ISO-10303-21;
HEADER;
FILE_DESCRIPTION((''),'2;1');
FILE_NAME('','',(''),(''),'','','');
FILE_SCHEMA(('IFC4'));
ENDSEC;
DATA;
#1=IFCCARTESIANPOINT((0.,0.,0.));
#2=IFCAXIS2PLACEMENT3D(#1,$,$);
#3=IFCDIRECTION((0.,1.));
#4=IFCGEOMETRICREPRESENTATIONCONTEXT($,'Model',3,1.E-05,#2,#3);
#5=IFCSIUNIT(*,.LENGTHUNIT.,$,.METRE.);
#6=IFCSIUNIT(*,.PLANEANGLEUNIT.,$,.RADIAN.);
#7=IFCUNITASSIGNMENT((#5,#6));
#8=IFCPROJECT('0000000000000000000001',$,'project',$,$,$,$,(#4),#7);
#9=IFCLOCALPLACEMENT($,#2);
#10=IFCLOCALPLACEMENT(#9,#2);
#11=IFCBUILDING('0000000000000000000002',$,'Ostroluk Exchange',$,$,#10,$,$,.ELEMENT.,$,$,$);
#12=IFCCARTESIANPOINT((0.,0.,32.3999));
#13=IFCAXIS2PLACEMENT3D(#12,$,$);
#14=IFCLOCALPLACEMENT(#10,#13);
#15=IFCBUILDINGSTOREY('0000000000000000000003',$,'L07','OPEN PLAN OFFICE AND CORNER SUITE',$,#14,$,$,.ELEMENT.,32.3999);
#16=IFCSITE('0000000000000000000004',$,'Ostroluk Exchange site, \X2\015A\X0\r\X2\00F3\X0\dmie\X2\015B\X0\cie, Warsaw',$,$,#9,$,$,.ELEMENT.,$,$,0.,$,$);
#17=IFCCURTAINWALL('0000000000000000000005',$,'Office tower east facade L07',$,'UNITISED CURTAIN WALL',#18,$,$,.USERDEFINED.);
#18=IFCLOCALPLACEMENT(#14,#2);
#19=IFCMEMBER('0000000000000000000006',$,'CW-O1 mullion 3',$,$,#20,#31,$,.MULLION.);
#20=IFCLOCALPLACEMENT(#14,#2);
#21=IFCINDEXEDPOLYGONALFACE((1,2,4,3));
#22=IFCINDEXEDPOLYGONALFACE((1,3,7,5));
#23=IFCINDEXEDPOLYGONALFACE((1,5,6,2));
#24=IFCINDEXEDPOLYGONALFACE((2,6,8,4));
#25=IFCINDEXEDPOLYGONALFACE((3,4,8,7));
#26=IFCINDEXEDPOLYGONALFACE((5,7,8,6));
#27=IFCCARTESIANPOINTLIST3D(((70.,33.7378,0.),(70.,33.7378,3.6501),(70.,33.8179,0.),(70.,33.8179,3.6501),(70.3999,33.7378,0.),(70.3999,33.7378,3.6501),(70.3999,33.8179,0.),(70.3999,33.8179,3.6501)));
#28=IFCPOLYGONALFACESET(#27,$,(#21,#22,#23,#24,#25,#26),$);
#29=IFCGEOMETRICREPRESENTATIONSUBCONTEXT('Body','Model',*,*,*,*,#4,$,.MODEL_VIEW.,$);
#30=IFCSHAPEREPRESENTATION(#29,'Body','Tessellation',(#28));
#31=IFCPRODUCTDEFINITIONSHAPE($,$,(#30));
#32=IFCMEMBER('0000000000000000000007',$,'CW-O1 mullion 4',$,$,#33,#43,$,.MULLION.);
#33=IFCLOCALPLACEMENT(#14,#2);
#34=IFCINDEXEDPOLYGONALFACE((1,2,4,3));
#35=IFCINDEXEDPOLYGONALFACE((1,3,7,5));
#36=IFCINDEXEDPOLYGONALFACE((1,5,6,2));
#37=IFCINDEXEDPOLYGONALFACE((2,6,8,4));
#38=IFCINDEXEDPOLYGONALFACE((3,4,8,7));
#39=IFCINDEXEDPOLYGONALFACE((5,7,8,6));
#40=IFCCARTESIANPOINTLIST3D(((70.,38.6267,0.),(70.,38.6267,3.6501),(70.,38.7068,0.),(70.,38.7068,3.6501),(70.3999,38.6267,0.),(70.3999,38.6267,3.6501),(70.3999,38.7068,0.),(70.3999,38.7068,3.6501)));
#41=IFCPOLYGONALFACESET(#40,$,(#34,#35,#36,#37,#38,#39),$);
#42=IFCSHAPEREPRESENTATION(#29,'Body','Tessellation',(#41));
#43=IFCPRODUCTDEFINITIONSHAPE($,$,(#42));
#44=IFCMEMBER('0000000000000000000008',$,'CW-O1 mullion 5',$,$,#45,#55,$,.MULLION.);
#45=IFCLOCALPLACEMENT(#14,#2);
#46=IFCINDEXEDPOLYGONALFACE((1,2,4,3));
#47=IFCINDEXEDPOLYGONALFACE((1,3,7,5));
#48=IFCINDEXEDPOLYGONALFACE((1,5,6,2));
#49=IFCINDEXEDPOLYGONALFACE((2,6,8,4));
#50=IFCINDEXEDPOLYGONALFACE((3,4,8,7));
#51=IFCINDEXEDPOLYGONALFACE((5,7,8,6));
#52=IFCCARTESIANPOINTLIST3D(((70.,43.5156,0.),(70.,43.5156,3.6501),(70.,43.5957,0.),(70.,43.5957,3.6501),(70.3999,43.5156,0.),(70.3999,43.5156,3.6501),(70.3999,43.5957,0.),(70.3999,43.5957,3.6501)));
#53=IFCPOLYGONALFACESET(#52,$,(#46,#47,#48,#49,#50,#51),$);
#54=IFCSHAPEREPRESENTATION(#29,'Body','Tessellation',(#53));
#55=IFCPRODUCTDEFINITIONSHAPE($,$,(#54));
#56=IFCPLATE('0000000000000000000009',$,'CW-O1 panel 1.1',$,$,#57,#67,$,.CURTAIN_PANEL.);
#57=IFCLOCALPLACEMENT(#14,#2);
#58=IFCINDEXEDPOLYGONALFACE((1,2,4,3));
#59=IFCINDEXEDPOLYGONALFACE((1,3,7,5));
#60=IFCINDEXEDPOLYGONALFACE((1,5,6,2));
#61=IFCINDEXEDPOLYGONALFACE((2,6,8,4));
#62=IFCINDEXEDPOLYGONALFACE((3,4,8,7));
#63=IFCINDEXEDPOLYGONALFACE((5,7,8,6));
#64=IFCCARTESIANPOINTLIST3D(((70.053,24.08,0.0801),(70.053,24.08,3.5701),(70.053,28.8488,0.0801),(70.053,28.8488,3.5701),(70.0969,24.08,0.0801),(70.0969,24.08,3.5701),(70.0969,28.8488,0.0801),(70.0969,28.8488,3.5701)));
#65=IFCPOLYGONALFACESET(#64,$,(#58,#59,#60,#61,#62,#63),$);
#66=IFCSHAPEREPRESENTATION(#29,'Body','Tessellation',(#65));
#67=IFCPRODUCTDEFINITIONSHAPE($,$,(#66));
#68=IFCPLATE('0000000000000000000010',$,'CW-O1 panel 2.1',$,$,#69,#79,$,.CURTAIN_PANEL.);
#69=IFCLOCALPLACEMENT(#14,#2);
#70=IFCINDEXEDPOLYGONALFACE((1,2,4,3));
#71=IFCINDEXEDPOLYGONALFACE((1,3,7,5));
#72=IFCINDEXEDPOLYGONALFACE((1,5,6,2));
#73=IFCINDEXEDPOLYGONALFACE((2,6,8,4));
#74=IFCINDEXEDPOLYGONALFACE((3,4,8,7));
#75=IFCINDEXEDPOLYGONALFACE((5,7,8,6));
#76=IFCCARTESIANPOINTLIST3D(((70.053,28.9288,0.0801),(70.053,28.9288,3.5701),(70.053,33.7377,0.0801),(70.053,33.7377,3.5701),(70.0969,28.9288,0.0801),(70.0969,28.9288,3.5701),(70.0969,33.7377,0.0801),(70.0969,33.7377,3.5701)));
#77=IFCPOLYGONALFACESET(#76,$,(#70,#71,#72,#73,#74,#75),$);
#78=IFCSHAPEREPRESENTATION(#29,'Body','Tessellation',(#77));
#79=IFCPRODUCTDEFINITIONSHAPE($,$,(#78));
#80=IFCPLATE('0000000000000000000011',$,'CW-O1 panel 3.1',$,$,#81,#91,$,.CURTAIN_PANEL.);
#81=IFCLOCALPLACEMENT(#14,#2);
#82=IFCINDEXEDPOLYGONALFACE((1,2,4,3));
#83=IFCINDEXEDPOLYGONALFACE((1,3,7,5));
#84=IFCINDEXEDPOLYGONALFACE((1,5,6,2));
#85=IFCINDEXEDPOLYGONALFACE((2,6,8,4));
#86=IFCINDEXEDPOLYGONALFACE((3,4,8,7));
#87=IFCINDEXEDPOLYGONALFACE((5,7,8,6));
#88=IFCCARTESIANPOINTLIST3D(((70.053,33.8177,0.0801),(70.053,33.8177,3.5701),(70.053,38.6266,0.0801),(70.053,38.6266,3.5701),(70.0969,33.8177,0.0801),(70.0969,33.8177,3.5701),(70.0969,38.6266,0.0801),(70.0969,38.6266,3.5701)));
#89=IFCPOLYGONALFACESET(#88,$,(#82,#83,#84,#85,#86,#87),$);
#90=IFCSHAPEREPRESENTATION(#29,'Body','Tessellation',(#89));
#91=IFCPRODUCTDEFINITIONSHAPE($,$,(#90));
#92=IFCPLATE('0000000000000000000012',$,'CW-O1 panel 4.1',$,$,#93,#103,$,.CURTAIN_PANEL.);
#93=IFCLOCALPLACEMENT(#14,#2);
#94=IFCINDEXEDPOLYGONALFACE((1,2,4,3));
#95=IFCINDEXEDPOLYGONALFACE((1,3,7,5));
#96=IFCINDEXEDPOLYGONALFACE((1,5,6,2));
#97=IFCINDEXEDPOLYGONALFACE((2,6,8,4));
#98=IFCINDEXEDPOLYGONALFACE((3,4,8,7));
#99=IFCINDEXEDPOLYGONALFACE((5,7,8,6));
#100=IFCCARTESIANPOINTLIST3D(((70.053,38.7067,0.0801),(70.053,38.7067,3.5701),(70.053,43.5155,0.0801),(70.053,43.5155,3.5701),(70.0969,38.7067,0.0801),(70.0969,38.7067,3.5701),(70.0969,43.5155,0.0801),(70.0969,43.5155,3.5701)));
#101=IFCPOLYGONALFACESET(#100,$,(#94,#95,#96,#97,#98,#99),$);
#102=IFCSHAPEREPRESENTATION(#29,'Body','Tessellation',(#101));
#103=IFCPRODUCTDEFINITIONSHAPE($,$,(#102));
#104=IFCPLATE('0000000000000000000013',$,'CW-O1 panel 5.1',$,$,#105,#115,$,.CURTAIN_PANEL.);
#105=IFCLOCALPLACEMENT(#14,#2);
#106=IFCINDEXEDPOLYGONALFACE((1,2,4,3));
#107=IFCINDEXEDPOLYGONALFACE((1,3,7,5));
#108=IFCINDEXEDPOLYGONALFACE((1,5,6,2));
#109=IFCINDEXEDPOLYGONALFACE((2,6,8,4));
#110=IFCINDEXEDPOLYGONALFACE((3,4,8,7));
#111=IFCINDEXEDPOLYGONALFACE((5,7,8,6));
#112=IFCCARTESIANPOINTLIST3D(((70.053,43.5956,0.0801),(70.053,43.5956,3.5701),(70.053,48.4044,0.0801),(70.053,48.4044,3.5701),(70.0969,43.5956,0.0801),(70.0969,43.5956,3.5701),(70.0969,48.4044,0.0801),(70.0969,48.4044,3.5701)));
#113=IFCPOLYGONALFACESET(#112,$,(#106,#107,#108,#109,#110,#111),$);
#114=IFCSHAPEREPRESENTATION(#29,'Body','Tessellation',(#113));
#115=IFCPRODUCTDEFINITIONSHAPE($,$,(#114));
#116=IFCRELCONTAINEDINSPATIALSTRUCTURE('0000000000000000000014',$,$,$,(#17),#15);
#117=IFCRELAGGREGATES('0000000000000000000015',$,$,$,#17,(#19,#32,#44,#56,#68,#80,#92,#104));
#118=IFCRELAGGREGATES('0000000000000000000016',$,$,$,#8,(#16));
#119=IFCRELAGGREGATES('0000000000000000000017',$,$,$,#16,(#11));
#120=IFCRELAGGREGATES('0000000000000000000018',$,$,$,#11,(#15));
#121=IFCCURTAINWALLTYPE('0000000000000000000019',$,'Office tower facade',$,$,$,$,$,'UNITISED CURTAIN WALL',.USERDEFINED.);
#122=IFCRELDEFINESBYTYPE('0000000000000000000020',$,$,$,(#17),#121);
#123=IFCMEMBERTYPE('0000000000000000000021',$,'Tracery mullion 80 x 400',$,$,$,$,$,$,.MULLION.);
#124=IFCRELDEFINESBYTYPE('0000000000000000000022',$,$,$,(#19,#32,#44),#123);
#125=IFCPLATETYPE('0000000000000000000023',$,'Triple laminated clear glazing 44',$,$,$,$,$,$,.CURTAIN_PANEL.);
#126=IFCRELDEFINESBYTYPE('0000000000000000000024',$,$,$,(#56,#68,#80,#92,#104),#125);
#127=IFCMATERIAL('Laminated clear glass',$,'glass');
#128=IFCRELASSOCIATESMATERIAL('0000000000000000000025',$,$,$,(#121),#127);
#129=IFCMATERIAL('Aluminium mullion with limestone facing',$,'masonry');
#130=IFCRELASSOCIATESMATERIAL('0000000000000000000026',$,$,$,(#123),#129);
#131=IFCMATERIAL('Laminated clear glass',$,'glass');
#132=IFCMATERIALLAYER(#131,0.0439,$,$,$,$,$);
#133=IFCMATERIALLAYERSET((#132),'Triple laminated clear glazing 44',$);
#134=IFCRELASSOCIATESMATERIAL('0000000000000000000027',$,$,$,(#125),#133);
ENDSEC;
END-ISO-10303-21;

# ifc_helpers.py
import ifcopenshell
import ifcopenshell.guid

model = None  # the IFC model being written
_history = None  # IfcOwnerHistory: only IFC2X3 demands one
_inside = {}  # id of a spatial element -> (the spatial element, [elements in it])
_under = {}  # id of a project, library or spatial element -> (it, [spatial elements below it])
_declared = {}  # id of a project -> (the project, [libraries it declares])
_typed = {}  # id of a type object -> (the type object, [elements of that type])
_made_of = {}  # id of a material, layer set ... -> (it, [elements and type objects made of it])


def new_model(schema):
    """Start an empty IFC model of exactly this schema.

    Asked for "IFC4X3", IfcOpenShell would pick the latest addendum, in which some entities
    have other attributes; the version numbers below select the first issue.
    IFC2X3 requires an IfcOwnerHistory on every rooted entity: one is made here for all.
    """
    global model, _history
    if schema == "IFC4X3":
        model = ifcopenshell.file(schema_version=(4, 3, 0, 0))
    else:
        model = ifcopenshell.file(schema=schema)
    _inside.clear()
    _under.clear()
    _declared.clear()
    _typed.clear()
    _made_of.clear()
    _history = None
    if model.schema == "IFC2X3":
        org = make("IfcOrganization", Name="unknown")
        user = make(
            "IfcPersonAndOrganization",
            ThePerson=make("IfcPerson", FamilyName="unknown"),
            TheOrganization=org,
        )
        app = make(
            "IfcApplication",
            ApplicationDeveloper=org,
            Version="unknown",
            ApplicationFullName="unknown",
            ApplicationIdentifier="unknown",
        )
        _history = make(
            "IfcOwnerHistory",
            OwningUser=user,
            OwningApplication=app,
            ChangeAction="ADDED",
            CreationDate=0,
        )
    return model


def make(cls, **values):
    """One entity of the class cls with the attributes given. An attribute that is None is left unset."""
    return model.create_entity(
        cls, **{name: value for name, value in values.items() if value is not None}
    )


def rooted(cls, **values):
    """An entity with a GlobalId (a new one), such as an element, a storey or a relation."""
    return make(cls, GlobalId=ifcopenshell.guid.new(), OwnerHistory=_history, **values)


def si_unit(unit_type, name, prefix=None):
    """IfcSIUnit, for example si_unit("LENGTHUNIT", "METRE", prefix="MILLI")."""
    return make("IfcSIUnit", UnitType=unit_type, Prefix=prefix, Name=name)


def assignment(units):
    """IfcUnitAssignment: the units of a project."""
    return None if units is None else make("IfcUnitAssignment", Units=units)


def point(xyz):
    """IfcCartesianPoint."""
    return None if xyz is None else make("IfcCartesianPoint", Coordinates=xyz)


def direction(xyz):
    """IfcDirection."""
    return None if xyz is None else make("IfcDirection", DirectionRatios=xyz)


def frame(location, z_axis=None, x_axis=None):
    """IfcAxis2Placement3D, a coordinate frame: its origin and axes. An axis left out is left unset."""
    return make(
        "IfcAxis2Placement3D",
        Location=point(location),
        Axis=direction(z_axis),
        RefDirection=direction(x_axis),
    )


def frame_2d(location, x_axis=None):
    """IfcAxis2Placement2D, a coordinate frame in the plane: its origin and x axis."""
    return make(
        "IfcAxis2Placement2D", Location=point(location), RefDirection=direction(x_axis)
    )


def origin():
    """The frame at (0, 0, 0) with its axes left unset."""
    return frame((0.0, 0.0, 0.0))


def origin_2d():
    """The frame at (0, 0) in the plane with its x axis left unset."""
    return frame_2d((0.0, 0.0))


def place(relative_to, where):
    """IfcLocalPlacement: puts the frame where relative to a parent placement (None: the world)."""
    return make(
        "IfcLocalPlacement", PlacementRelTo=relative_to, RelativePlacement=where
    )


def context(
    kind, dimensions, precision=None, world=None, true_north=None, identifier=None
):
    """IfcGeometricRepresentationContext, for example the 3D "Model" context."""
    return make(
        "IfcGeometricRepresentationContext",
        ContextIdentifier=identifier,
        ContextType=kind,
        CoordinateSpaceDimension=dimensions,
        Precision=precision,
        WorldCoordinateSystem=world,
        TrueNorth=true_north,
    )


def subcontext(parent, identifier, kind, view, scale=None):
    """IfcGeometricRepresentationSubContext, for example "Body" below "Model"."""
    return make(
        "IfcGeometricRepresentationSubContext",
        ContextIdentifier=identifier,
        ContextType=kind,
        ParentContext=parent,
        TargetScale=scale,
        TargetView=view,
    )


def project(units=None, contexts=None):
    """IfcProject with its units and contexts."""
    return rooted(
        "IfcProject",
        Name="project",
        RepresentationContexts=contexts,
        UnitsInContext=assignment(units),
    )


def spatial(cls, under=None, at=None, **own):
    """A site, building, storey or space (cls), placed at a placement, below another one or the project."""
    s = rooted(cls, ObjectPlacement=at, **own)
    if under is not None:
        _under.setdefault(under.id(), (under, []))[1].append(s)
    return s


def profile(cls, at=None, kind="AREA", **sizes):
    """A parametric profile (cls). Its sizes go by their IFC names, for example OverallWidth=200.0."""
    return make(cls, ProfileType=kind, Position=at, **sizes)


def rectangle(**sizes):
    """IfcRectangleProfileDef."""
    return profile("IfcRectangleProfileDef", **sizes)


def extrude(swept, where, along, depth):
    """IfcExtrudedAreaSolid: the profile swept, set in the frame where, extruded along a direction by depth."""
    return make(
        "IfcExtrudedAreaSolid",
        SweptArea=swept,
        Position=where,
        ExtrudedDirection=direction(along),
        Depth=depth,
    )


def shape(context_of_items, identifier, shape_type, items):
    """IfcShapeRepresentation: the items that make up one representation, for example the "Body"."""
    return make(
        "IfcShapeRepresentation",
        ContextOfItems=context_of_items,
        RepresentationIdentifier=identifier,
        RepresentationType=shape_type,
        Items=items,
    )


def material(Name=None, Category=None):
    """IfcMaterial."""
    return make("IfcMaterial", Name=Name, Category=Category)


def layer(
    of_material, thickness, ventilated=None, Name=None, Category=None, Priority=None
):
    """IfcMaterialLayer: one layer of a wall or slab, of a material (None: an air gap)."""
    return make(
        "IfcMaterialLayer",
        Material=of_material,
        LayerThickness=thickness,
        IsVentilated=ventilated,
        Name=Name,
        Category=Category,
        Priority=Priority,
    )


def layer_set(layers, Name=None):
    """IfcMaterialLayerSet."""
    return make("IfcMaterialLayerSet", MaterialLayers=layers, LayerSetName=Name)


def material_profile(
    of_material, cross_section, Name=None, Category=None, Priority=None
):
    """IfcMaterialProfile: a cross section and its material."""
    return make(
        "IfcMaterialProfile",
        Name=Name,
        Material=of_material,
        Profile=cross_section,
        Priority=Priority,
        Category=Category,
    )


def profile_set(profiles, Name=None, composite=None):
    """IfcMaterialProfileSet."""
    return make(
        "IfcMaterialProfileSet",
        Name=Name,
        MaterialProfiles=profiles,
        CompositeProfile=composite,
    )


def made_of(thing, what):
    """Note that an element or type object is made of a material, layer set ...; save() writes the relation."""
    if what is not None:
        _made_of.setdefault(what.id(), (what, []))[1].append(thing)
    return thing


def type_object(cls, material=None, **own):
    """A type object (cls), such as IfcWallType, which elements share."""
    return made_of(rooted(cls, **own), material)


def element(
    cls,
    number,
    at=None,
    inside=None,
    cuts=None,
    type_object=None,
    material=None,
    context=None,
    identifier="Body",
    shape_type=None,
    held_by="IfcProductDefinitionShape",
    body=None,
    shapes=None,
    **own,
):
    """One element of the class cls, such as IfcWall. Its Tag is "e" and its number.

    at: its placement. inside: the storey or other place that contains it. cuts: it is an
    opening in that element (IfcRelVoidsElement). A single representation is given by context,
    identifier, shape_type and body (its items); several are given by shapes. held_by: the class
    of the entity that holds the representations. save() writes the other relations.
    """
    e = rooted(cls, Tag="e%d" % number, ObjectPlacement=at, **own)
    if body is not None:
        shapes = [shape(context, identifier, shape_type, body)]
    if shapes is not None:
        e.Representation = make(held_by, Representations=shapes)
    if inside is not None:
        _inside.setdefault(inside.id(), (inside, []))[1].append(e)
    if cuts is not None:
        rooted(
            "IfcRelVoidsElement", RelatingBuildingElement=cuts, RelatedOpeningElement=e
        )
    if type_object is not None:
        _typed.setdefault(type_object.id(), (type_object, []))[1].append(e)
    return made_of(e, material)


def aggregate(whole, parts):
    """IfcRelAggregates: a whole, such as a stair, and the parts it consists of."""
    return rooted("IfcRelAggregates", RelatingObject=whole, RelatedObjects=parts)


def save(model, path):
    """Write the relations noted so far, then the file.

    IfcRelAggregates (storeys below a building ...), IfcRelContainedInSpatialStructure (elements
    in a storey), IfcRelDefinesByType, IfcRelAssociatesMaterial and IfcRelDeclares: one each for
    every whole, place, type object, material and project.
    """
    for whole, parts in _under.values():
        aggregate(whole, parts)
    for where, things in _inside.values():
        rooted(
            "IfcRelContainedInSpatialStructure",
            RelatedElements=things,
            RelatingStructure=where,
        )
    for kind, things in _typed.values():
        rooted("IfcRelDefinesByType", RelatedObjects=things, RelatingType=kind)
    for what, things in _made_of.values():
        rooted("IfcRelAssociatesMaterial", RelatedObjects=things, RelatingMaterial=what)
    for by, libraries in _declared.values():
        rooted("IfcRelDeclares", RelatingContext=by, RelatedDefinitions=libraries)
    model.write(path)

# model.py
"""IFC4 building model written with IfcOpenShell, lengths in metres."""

from ifc_helpers import new_model, si_unit, direction, frame, origin, origin_2d, place, context, subcontext, project, spatial, rectangle, extrude, material, layer, layer_set, material_profile, profile_set, type_object, element, aggregate, save


model = new_model("IFC4")

# Units and contexts
model_context = context("Model", 3, precision=1e-05, world=origin(), true_north=direction((0.0, 1.0)))
body_context = subcontext(model_context, "Body", "Model", "MODEL_VIEW")
ifc_project = project(units=[si_unit("LENGTHUNIT", "METRE"), si_unit("PLANEANGLEUNIT", "RADIAN")], contexts=[model_context])

# Site, building, storey
site_placement = place(None, origin())
site = spatial("IfcSite", under=ifc_project, at=site_placement, Name="Ostroluk Exchange site, Śródmieście, Warsaw", CompositionType="ELEMENT", RefElevation=0.0)
building_placement = place(site_placement, origin())
building = spatial("IfcBuilding", under=site, at=building_placement, Name="Ostroluk Exchange", CompositionType="ELEMENT")
storey_placement = place(building_placement, frame((0.0, 0.0, 32.3999)))
storey = spatial("IfcBuildingStorey", under=building, at=storey_placement, Name="L07", Description="OPEN PLAN OFFICE AND CORNER SUITE", CompositionType="ELEMENT", Elevation=32.3999)

# Curtain wall
ifc_material_1 = material(Name="Laminated clear glass", Category="glass")
curtain_wall_type_1 = type_object("IfcCurtainWallType", Name="Office tower facade", ElementType="UNITISED CURTAIN WALL", PredefinedType="USERDEFINED", material=ifc_material_1)
curtain_wall_1_placement = place(storey_placement, origin())
curtain_wall_1 = element("IfcCurtainWall", 1, at=curtain_wall_1_placement, inside=storey, type_object=curtain_wall_type_1, Name="Office tower east facade L07", ObjectType="UNITISED CURTAIN WALL", PredefinedType="USERDEFINED")

# Members
ifc_material_2 = material(Name="Aluminium mullion with limestone facing", Category="masonry")
ifc_material_profile_1 = material_profile(ifc_material_2, rectangle(XDim=0.3999, YDim=0.0801, at=origin_2d()), Name="Tracery mullion 80 x 400")
ifc_profile_set_1 = profile_set([ifc_material_profile_1], Name="Aluminium mullion with limestone facing")
member_type_1 = type_object("IfcMemberType", Name="Tracery mullion 80 x 400", PredefinedType="MULLION", material=ifc_profile_set_1)
member_1_placement = place(storey_placement, frame((70.2, 33.7778, 0.0), z_axis=(0.0, 0.0, 1.0), x_axis=(-1.0, 0.0, 0.0)))
member_1 = element("IfcMember", 2, at=member_1_placement, type_object=member_type_1, Name="CW-O1 mullion 3", PredefinedType="MULLION", context=body_context, shape_type="SweptSolid", body=[
    extrude(rectangle(XDim=0.3999, YDim=0.0801, at=origin_2d()), origin(), (0.0, 0.0, 1.0), 3.6501),
])
member_2_placement = place(storey_placement, frame((70.2, 38.6667, 0.0), z_axis=(0.0, 0.0, 1.0), x_axis=(-1.0, 0.0, 0.0)))
member_2 = element("IfcMember", 3, at=member_2_placement, type_object=member_type_1, Name="CW-O1 mullion 4", PredefinedType="MULLION", context=body_context, shape_type="SweptSolid", body=[
    extrude(rectangle(XDim=0.3999, YDim=0.0801, at=origin_2d()), origin(), (0.0, 0.0, 1.0), 3.6501),
])
member_3_placement = place(storey_placement, frame((70.2, 43.5557, 0.0), z_axis=(0.0, 0.0, 1.0), x_axis=(-1.0, 0.0, 0.0)))
member_3 = element("IfcMember", 4, at=member_3_placement, type_object=member_type_1, Name="CW-O1 mullion 5", PredefinedType="MULLION", context=body_context, shape_type="SweptSolid", body=[
    extrude(rectangle(XDim=0.3999, YDim=0.0801, at=origin_2d()), origin(), (0.0, 0.0, 1.0), 3.6501),
])

# Plates
ifc_material_3 = material(Name="Laminated clear glass", Category="glass")
ifc_layer = layer(ifc_material_3, 0.0439)
ifc_layer_set = layer_set([ifc_layer], Name="Triple laminated clear glazing 44")
plate_type = type_object("IfcPlateType", Name="Triple laminated clear glazing 44", PredefinedType="CURTAIN_PANEL", material=ifc_layer_set)
plate_1_placement = place(storey_placement, frame((70.075, 26.4644, 0.0801), z_axis=(0.0, 0.0, 1.0), x_axis=(0.0, 1.0, 0.0)))
plate_1 = element("IfcPlate", 5, at=plate_1_placement, type_object=plate_type, Name="CW-O1 panel 1.1", PredefinedType="CURTAIN_PANEL", context=body_context, shape_type="SweptSolid", body=[
    extrude(rectangle(XDim=4.7688, YDim=0.0439, at=origin_2d()), origin(), (0.0, 0.0, 1.0), 3.49),
])
plate_2_placement = place(storey_placement, frame((70.075, 31.3333, 0.0801), z_axis=(0.0, 0.0, 1.0), x_axis=(0.0, 1.0, 0.0)))
plate_2 = element("IfcPlate", 6, at=plate_2_placement, type_object=plate_type, Name="CW-O1 panel 2.1", PredefinedType="CURTAIN_PANEL", context=body_context, shape_type="SweptSolid", body=[
    extrude(rectangle(XDim=4.8088, YDim=0.0439, at=origin_2d()), origin(), (0.0, 0.0, 1.0), 3.49),
])
plate_3_placement = place(storey_placement, frame((70.075, 36.2222, 0.0801), z_axis=(0.0, 0.0, 1.0), x_axis=(0.0, 1.0, 0.0)))
plate_3 = element("IfcPlate", 7, at=plate_3_placement, type_object=plate_type, Name="CW-O1 panel 3.1", PredefinedType="CURTAIN_PANEL", context=body_context, shape_type="SweptSolid", body=[
    extrude(rectangle(XDim=4.8088, YDim=0.0439, at=origin_2d()), origin(), (0.0, 0.0, 1.0), 3.49),
])
plate_4_placement = place(storey_placement, frame((70.075, 41.1111, 0.0801), z_axis=(0.0, 0.0, 1.0), x_axis=(0.0, 1.0, 0.0)))
plate_4 = element("IfcPlate", 8, at=plate_4_placement, type_object=plate_type, Name="CW-O1 panel 4.1", PredefinedType="CURTAIN_PANEL", context=body_context, shape_type="SweptSolid", body=[
    extrude(rectangle(XDim=4.8088, YDim=0.0439, at=origin_2d()), origin(), (0.0, 0.0, 1.0), 3.49),
])
plate_5_placement = place(storey_placement, frame((70.075, 46.0, 0.0801), z_axis=(0.0, 0.0, 1.0), x_axis=(0.0, 1.0, 0.0)))
plate_5 = element("IfcPlate", 9, at=plate_5_placement, type_object=plate_type, Name="CW-O1 panel 5.1", PredefinedType="CURTAIN_PANEL", context=body_context, shape_type="SweptSolid", body=[
    extrude(rectangle(XDim=4.8088, YDim=0.0439, at=origin_2d()), origin(), (0.0, 0.0, 1.0), 3.49),
])
aggregate(curtain_wall_1, [member_1, member_2, member_3, plate_1, plate_2, plate_3, plate_4, plate_5])

save(model, "model.ifc")
